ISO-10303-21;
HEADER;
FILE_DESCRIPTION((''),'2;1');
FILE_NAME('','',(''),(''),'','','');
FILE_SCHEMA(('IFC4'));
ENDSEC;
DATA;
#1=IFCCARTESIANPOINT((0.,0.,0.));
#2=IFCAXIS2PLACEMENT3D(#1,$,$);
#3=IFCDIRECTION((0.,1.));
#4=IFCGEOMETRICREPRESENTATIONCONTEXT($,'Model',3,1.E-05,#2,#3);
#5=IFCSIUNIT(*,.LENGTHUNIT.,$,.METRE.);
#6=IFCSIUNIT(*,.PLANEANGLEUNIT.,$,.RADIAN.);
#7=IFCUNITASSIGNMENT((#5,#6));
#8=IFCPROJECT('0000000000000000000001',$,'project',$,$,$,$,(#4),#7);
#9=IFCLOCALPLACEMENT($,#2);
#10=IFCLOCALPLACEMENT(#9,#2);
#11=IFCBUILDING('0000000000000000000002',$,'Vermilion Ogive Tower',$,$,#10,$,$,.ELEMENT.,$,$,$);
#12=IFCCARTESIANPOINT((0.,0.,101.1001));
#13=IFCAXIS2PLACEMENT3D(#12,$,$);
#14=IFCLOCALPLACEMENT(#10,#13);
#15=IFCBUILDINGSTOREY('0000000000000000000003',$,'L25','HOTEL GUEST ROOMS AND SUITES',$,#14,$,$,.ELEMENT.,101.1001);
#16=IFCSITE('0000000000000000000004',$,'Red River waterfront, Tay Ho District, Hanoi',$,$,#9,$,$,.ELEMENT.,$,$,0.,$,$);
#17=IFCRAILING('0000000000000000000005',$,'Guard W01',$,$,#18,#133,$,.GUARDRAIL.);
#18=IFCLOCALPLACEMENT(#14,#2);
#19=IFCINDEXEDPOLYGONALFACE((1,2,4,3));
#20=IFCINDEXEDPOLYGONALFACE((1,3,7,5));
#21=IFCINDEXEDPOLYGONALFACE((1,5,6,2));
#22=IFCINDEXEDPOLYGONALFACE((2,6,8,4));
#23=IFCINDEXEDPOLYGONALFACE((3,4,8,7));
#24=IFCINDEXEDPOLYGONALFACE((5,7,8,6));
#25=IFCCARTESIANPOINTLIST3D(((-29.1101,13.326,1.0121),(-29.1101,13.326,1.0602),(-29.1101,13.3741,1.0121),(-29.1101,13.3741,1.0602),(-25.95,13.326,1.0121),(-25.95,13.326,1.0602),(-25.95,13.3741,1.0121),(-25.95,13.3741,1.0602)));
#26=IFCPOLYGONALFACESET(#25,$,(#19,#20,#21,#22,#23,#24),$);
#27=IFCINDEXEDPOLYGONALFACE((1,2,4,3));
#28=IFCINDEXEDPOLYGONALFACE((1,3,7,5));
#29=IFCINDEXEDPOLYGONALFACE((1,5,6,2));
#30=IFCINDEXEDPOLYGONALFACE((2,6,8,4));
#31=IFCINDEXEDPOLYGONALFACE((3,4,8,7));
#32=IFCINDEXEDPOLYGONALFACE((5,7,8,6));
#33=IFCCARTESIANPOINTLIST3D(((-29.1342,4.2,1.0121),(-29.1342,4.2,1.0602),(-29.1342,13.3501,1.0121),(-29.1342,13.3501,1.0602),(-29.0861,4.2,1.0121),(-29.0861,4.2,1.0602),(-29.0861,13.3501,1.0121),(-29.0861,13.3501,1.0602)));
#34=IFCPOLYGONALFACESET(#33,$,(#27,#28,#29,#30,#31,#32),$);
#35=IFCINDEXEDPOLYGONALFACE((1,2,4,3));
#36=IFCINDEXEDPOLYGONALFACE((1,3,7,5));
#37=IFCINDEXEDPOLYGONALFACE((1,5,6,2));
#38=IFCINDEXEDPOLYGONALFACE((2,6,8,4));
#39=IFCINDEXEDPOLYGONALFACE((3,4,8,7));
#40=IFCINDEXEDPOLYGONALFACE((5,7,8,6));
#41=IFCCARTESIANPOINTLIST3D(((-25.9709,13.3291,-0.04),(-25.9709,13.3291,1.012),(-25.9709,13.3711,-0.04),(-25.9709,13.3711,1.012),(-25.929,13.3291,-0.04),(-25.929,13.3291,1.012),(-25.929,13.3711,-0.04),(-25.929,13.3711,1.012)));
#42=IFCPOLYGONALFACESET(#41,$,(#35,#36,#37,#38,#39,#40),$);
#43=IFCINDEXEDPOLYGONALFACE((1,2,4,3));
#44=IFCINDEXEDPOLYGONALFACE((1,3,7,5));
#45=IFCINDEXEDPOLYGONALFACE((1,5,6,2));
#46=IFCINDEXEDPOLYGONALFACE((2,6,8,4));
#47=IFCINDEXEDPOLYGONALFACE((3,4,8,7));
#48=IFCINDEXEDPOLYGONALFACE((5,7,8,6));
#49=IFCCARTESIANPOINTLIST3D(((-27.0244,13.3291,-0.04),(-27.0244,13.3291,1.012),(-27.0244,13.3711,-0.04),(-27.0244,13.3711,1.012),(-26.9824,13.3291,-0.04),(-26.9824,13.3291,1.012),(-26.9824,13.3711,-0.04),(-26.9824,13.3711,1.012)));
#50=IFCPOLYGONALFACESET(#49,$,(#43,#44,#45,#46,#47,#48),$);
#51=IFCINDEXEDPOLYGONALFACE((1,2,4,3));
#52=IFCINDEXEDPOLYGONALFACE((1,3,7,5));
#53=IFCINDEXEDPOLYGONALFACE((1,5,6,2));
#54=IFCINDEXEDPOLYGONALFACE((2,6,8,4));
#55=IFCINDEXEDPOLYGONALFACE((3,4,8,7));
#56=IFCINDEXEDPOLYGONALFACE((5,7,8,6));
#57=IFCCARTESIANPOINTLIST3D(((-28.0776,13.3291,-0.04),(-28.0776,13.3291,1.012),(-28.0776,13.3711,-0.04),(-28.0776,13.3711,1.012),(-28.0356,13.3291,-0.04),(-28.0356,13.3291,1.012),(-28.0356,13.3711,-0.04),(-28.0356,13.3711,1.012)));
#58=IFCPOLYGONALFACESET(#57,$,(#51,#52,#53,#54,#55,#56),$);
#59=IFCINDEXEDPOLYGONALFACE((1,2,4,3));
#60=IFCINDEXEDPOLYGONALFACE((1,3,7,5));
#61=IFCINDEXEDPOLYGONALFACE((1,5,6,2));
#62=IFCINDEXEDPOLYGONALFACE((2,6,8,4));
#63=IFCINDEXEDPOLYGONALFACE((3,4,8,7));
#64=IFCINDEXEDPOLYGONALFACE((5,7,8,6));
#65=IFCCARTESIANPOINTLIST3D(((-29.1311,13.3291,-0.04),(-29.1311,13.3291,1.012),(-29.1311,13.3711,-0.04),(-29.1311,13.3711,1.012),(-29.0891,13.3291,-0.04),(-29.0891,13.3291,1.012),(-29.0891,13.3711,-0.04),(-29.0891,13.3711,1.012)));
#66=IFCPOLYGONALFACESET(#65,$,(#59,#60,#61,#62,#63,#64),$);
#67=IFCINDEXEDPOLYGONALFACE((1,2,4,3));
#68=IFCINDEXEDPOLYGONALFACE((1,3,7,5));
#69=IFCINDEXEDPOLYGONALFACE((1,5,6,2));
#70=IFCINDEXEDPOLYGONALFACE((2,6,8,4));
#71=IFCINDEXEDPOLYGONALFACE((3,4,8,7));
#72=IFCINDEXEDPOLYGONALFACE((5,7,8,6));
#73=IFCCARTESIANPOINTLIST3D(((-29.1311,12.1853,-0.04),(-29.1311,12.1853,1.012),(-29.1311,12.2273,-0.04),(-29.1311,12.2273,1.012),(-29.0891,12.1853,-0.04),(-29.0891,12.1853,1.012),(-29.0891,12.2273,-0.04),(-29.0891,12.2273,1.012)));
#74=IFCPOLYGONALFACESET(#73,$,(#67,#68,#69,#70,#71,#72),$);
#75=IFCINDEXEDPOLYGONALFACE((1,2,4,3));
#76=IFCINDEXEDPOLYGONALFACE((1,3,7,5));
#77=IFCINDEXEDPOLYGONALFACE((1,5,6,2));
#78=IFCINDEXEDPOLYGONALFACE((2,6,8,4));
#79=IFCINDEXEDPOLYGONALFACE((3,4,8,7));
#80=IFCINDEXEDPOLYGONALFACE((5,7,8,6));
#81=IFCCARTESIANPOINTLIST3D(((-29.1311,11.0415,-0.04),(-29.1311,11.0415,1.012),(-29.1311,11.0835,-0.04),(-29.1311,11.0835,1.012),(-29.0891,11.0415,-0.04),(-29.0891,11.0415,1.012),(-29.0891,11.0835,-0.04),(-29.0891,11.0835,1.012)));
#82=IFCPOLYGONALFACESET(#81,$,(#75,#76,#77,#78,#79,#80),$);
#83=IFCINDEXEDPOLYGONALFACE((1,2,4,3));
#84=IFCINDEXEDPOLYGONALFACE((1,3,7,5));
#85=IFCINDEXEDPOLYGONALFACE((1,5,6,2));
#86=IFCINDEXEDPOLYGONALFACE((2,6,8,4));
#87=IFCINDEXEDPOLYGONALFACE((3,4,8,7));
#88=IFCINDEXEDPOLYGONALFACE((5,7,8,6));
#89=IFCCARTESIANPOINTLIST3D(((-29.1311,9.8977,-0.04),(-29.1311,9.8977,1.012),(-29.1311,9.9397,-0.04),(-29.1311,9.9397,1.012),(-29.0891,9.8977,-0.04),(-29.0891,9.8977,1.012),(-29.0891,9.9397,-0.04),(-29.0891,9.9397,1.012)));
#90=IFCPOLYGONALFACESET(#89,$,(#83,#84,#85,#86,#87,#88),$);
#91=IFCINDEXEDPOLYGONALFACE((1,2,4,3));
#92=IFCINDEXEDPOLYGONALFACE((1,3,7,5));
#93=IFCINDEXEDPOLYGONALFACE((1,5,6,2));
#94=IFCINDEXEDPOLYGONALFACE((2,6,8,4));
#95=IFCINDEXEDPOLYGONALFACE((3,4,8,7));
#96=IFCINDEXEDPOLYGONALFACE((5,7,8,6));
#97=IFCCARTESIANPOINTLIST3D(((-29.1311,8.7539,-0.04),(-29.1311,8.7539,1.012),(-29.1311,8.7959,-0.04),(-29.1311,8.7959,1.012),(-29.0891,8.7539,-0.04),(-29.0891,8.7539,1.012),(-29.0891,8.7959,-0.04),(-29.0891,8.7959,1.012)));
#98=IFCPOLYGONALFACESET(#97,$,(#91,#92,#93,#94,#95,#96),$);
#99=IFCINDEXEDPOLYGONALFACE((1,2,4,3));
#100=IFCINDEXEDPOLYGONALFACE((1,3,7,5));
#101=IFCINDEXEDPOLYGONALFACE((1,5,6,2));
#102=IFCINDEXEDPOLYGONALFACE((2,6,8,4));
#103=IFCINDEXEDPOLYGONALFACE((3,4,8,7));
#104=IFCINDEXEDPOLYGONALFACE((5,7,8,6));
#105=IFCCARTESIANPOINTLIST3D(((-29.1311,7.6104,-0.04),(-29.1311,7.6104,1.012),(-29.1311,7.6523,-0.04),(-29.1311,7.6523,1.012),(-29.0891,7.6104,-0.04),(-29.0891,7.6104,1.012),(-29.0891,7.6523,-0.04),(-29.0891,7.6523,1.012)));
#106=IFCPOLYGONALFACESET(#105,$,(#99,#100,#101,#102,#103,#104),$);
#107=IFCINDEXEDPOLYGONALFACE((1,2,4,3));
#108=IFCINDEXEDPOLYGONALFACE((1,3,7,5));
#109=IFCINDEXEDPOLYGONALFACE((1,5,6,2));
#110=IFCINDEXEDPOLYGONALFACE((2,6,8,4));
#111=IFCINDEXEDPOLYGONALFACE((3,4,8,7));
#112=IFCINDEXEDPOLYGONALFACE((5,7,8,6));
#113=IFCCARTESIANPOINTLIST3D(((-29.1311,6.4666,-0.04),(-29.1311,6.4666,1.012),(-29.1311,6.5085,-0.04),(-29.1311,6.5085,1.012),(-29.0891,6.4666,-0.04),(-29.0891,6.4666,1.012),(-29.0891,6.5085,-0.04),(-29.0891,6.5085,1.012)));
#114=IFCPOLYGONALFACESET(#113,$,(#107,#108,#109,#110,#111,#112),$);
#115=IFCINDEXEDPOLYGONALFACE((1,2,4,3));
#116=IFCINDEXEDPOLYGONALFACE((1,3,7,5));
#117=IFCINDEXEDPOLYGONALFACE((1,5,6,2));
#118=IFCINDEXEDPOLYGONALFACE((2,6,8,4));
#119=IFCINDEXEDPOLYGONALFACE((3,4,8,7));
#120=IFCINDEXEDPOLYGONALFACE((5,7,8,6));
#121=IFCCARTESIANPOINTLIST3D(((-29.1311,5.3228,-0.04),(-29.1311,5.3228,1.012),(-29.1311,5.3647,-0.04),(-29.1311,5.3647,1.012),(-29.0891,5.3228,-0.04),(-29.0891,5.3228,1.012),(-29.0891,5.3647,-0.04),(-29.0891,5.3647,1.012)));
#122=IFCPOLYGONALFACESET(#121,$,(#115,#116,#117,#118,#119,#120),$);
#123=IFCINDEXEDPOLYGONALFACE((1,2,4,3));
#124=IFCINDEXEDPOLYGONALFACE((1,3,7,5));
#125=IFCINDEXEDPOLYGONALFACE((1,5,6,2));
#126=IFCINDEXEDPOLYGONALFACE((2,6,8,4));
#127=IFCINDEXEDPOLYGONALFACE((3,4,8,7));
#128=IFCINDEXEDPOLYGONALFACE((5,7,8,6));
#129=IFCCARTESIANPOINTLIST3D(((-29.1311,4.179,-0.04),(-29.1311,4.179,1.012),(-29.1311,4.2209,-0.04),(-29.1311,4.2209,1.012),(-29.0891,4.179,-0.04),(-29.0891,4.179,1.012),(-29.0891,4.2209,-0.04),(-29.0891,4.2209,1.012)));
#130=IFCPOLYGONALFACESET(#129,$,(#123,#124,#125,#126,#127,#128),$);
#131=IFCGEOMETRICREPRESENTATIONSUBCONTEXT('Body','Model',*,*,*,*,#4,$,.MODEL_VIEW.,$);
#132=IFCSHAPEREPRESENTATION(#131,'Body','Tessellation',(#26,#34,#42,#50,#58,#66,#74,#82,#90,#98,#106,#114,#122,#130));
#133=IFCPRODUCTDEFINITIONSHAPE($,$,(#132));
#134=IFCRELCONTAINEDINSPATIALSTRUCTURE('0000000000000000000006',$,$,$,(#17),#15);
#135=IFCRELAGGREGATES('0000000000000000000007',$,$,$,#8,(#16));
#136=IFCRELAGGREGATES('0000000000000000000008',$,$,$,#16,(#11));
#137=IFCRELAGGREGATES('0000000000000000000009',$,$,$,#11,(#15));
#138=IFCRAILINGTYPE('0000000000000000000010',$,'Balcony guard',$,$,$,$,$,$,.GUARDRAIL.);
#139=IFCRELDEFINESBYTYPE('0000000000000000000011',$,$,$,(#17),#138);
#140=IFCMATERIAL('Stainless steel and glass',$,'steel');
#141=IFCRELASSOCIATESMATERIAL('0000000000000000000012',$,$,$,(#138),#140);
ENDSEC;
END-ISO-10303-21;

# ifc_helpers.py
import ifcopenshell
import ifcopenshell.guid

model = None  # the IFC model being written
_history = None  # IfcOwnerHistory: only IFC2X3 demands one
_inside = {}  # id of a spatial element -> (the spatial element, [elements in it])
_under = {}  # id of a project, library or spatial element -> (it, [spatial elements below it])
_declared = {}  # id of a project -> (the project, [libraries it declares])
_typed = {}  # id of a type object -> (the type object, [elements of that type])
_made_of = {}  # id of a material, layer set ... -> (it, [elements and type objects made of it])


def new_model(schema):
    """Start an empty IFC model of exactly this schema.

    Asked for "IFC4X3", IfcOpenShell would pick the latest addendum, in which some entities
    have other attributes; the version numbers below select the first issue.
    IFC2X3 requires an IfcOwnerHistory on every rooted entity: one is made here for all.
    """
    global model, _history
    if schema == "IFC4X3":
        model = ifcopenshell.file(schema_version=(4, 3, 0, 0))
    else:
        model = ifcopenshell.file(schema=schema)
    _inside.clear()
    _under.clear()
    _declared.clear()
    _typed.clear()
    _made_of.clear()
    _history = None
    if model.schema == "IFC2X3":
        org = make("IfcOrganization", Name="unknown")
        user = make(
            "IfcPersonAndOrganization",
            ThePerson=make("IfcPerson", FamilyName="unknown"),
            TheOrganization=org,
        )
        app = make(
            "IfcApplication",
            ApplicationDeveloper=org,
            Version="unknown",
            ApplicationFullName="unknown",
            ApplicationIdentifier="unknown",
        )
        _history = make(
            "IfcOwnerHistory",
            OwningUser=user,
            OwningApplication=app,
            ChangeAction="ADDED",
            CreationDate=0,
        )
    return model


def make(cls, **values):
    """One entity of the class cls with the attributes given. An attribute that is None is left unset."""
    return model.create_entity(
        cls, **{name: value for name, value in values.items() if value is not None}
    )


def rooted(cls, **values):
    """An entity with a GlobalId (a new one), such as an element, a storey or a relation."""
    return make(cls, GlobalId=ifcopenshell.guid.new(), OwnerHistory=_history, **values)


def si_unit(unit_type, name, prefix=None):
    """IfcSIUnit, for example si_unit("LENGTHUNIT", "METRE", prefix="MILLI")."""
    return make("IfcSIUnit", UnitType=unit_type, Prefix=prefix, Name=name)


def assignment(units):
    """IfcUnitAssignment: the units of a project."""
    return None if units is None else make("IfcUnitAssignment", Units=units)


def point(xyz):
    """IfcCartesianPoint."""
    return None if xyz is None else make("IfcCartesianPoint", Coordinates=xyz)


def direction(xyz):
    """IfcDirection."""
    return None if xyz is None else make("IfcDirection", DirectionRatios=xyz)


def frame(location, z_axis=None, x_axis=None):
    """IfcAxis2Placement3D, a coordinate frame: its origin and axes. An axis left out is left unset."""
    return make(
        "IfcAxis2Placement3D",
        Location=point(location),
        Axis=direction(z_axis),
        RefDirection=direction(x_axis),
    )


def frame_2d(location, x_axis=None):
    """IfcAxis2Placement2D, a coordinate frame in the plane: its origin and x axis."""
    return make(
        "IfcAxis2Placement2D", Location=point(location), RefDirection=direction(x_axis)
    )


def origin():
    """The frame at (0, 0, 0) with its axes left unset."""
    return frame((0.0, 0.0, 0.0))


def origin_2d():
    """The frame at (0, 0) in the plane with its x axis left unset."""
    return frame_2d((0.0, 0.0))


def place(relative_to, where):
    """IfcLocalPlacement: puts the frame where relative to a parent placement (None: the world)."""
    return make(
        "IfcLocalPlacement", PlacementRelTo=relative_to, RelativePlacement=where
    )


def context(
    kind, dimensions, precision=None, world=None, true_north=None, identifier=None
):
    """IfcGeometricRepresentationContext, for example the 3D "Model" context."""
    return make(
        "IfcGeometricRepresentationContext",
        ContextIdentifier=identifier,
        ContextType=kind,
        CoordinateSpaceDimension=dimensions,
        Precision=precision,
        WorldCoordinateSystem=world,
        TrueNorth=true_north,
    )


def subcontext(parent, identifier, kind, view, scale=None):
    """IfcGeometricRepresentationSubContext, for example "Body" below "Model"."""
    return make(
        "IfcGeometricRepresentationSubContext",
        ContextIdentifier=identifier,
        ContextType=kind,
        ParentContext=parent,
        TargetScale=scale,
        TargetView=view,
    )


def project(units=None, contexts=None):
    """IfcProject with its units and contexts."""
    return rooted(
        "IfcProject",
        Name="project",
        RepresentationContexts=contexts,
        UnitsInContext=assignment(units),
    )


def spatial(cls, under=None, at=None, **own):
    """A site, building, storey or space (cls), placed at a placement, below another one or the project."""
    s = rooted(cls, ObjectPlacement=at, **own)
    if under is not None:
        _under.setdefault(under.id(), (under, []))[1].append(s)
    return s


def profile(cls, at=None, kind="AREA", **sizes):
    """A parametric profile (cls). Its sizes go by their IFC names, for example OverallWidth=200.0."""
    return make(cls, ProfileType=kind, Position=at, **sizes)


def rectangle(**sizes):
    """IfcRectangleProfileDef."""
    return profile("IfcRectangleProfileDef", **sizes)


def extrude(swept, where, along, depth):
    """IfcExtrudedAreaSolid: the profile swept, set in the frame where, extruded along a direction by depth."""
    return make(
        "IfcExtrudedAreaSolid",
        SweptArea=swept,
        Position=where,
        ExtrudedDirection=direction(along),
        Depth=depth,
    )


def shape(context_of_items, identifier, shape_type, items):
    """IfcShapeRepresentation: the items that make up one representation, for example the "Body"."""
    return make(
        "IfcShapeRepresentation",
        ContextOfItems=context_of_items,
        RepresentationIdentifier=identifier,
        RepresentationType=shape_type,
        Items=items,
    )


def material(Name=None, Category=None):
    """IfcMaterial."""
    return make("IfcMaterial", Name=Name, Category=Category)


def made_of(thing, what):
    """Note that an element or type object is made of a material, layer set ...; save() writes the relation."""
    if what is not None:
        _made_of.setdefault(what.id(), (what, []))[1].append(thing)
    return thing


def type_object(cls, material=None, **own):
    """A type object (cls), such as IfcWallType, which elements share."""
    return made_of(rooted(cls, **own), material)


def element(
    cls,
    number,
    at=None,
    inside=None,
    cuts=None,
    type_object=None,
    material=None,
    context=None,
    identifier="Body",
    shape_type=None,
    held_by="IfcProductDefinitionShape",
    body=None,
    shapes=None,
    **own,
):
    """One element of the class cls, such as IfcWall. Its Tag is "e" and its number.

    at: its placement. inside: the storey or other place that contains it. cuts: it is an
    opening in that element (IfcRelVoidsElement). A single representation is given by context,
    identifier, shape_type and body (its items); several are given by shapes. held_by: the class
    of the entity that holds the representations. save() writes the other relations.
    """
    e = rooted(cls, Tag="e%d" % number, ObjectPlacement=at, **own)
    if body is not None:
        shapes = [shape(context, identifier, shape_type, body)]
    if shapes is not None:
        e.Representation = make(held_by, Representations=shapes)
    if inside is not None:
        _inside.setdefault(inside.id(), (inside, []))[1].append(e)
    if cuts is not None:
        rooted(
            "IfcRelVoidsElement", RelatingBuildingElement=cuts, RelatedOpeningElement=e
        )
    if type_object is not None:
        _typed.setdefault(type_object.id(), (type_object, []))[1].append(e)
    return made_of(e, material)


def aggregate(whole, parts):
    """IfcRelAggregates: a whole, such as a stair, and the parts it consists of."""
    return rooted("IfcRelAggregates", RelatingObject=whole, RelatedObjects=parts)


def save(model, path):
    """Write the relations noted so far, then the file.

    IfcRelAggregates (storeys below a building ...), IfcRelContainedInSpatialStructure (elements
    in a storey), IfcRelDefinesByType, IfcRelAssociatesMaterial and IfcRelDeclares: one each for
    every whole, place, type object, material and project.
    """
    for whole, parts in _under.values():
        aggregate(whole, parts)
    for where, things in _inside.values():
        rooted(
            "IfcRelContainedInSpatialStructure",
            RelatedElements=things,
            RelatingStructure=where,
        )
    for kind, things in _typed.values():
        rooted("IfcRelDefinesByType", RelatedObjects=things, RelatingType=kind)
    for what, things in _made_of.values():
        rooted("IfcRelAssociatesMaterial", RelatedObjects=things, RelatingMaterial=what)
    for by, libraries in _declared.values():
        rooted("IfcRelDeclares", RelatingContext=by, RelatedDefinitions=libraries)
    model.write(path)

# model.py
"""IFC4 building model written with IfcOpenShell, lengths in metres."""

from ifc_helpers import new_model, si_unit, direction, frame, origin, origin_2d, place, context, subcontext, project, spatial, rectangle, extrude, material, type_object, element, save


model = new_model("IFC4")

# Units and contexts
model_context = context("Model", 3, precision=1e-05, world=origin(), true_north=direction((0.0, 1.0)))
body_context = subcontext(model_context, "Body", "Model", "MODEL_VIEW")
ifc_project = project(units=[si_unit("LENGTHUNIT", "METRE"), si_unit("PLANEANGLEUNIT", "RADIAN")], contexts=[model_context])

# Site, building, storey
site_placement = place(None, origin())
site = spatial("IfcSite", under=ifc_project, at=site_placement, Name="Red River waterfront, Tay Ho District, Hanoi", CompositionType="ELEMENT", RefElevation=0.0)
building_placement = place(site_placement, origin())
building = spatial("IfcBuilding", under=site, at=building_placement, Name="Vermilion Ogive Tower", CompositionType="ELEMENT")
storey_placement = place(building_placement, frame((0.0, 0.0, 101.1001)))
storey = spatial("IfcBuildingStorey", under=building, at=storey_placement, Name="L25", Description="HOTEL GUEST ROOMS AND SUITES", CompositionType="ELEMENT", Elevation=101.1001)

# Railing
ifc_material_1 = material(Name="Stainless steel and glass", Category="steel")
railing_type = type_object("IfcRailingType", Name="Balcony guard", PredefinedType="GUARDRAIL", material=ifc_material_1)
railing_1_placement = place(storey_placement, frame((-25.95, 13.3501, -0.04)))
element("IfcRailing", 1, at=railing_1_placement, inside=storey, type_object=railing_type, Name="Guard W01", PredefinedType="GUARDRAIL", context=body_context, shape_type="SweptSolid", body=[
    extrude(rectangle(XDim=0.0481, YDim=0.0481, at=origin_2d()), frame((0.0, 0.0, 1.0762), z_axis=(-1.0, 0.0, 0.0), x_axis=(0.0, -1.0, 0.0)), (0.0, 0.0, 1.0), 3.1602),
    extrude(rectangle(XDim=0.0481, YDim=0.0481, at=origin_2d()), frame((-3.1602, 0.0, 1.0762), z_axis=(0.0, -1.0, 0.0), x_axis=(1.0, 0.0, 0.0)), (0.0, 0.0, 1.0), 9.1501),
    extrude(rectangle(XDim=0.042, YDim=0.042, at=origin_2d()), origin(), (0.0, 0.0, 1.0), 1.052),
    extrude(rectangle(XDim=0.042, YDim=0.042, at=origin_2d()), frame((-1.0535, 0.0, 0.0)), (0.0, 0.0, 1.0), 1.052),
    extrude(rectangle(XDim=0.042, YDim=0.042, at=origin_2d()), frame((-2.1067, 0.0, 0.0)), (0.0, 0.0, 1.0), 1.052),
    extrude(rectangle(XDim=0.042, YDim=0.042, at=origin_2d()), frame((-3.1602, 0.0, 0.0)), (0.0, 0.0, 1.0), 1.052),
    extrude(rectangle(XDim=0.042, YDim=0.042, at=origin_2d()), frame((-3.1602, -1.1438, 0.0)), (0.0, 0.0, 1.0), 1.052),
    extrude(rectangle(XDim=0.042, YDim=0.042, at=origin_2d()), frame((-3.1602, -2.2876, 0.0)), (0.0, 0.0, 1.0), 1.052),
    extrude(rectangle(XDim=0.042, YDim=0.042, at=origin_2d()), frame((-3.1602, -3.4314, 0.0)), (0.0, 0.0, 1.0), 1.052),
    extrude(rectangle(XDim=0.042, YDim=0.042, at=origin_2d()), frame((-3.1602, -4.5752, 0.0)), (0.0, 0.0, 1.0), 1.052),
    extrude(rectangle(XDim=0.042, YDim=0.042, at=origin_2d()), frame((-3.1602, -5.7188, 0.0)), (0.0, 0.0, 1.0), 1.052),
    extrude(rectangle(XDim=0.042, YDim=0.042, at=origin_2d()), frame((-3.1602, -6.8625, 0.0)), (0.0, 0.0, 1.0), 1.052),
    extrude(rectangle(XDim=0.042, YDim=0.042, at=origin_2d()), frame((-3.1602, -8.0063, 0.0)), (0.0, 0.0, 1.0), 1.052),
    extrude(rectangle(XDim=0.042, YDim=0.042, at=origin_2d()), frame((-3.1602, -9.1501, 0.0)), (0.0, 0.0, 1.0), 1.052),
])

save(model, "model.ifc")
